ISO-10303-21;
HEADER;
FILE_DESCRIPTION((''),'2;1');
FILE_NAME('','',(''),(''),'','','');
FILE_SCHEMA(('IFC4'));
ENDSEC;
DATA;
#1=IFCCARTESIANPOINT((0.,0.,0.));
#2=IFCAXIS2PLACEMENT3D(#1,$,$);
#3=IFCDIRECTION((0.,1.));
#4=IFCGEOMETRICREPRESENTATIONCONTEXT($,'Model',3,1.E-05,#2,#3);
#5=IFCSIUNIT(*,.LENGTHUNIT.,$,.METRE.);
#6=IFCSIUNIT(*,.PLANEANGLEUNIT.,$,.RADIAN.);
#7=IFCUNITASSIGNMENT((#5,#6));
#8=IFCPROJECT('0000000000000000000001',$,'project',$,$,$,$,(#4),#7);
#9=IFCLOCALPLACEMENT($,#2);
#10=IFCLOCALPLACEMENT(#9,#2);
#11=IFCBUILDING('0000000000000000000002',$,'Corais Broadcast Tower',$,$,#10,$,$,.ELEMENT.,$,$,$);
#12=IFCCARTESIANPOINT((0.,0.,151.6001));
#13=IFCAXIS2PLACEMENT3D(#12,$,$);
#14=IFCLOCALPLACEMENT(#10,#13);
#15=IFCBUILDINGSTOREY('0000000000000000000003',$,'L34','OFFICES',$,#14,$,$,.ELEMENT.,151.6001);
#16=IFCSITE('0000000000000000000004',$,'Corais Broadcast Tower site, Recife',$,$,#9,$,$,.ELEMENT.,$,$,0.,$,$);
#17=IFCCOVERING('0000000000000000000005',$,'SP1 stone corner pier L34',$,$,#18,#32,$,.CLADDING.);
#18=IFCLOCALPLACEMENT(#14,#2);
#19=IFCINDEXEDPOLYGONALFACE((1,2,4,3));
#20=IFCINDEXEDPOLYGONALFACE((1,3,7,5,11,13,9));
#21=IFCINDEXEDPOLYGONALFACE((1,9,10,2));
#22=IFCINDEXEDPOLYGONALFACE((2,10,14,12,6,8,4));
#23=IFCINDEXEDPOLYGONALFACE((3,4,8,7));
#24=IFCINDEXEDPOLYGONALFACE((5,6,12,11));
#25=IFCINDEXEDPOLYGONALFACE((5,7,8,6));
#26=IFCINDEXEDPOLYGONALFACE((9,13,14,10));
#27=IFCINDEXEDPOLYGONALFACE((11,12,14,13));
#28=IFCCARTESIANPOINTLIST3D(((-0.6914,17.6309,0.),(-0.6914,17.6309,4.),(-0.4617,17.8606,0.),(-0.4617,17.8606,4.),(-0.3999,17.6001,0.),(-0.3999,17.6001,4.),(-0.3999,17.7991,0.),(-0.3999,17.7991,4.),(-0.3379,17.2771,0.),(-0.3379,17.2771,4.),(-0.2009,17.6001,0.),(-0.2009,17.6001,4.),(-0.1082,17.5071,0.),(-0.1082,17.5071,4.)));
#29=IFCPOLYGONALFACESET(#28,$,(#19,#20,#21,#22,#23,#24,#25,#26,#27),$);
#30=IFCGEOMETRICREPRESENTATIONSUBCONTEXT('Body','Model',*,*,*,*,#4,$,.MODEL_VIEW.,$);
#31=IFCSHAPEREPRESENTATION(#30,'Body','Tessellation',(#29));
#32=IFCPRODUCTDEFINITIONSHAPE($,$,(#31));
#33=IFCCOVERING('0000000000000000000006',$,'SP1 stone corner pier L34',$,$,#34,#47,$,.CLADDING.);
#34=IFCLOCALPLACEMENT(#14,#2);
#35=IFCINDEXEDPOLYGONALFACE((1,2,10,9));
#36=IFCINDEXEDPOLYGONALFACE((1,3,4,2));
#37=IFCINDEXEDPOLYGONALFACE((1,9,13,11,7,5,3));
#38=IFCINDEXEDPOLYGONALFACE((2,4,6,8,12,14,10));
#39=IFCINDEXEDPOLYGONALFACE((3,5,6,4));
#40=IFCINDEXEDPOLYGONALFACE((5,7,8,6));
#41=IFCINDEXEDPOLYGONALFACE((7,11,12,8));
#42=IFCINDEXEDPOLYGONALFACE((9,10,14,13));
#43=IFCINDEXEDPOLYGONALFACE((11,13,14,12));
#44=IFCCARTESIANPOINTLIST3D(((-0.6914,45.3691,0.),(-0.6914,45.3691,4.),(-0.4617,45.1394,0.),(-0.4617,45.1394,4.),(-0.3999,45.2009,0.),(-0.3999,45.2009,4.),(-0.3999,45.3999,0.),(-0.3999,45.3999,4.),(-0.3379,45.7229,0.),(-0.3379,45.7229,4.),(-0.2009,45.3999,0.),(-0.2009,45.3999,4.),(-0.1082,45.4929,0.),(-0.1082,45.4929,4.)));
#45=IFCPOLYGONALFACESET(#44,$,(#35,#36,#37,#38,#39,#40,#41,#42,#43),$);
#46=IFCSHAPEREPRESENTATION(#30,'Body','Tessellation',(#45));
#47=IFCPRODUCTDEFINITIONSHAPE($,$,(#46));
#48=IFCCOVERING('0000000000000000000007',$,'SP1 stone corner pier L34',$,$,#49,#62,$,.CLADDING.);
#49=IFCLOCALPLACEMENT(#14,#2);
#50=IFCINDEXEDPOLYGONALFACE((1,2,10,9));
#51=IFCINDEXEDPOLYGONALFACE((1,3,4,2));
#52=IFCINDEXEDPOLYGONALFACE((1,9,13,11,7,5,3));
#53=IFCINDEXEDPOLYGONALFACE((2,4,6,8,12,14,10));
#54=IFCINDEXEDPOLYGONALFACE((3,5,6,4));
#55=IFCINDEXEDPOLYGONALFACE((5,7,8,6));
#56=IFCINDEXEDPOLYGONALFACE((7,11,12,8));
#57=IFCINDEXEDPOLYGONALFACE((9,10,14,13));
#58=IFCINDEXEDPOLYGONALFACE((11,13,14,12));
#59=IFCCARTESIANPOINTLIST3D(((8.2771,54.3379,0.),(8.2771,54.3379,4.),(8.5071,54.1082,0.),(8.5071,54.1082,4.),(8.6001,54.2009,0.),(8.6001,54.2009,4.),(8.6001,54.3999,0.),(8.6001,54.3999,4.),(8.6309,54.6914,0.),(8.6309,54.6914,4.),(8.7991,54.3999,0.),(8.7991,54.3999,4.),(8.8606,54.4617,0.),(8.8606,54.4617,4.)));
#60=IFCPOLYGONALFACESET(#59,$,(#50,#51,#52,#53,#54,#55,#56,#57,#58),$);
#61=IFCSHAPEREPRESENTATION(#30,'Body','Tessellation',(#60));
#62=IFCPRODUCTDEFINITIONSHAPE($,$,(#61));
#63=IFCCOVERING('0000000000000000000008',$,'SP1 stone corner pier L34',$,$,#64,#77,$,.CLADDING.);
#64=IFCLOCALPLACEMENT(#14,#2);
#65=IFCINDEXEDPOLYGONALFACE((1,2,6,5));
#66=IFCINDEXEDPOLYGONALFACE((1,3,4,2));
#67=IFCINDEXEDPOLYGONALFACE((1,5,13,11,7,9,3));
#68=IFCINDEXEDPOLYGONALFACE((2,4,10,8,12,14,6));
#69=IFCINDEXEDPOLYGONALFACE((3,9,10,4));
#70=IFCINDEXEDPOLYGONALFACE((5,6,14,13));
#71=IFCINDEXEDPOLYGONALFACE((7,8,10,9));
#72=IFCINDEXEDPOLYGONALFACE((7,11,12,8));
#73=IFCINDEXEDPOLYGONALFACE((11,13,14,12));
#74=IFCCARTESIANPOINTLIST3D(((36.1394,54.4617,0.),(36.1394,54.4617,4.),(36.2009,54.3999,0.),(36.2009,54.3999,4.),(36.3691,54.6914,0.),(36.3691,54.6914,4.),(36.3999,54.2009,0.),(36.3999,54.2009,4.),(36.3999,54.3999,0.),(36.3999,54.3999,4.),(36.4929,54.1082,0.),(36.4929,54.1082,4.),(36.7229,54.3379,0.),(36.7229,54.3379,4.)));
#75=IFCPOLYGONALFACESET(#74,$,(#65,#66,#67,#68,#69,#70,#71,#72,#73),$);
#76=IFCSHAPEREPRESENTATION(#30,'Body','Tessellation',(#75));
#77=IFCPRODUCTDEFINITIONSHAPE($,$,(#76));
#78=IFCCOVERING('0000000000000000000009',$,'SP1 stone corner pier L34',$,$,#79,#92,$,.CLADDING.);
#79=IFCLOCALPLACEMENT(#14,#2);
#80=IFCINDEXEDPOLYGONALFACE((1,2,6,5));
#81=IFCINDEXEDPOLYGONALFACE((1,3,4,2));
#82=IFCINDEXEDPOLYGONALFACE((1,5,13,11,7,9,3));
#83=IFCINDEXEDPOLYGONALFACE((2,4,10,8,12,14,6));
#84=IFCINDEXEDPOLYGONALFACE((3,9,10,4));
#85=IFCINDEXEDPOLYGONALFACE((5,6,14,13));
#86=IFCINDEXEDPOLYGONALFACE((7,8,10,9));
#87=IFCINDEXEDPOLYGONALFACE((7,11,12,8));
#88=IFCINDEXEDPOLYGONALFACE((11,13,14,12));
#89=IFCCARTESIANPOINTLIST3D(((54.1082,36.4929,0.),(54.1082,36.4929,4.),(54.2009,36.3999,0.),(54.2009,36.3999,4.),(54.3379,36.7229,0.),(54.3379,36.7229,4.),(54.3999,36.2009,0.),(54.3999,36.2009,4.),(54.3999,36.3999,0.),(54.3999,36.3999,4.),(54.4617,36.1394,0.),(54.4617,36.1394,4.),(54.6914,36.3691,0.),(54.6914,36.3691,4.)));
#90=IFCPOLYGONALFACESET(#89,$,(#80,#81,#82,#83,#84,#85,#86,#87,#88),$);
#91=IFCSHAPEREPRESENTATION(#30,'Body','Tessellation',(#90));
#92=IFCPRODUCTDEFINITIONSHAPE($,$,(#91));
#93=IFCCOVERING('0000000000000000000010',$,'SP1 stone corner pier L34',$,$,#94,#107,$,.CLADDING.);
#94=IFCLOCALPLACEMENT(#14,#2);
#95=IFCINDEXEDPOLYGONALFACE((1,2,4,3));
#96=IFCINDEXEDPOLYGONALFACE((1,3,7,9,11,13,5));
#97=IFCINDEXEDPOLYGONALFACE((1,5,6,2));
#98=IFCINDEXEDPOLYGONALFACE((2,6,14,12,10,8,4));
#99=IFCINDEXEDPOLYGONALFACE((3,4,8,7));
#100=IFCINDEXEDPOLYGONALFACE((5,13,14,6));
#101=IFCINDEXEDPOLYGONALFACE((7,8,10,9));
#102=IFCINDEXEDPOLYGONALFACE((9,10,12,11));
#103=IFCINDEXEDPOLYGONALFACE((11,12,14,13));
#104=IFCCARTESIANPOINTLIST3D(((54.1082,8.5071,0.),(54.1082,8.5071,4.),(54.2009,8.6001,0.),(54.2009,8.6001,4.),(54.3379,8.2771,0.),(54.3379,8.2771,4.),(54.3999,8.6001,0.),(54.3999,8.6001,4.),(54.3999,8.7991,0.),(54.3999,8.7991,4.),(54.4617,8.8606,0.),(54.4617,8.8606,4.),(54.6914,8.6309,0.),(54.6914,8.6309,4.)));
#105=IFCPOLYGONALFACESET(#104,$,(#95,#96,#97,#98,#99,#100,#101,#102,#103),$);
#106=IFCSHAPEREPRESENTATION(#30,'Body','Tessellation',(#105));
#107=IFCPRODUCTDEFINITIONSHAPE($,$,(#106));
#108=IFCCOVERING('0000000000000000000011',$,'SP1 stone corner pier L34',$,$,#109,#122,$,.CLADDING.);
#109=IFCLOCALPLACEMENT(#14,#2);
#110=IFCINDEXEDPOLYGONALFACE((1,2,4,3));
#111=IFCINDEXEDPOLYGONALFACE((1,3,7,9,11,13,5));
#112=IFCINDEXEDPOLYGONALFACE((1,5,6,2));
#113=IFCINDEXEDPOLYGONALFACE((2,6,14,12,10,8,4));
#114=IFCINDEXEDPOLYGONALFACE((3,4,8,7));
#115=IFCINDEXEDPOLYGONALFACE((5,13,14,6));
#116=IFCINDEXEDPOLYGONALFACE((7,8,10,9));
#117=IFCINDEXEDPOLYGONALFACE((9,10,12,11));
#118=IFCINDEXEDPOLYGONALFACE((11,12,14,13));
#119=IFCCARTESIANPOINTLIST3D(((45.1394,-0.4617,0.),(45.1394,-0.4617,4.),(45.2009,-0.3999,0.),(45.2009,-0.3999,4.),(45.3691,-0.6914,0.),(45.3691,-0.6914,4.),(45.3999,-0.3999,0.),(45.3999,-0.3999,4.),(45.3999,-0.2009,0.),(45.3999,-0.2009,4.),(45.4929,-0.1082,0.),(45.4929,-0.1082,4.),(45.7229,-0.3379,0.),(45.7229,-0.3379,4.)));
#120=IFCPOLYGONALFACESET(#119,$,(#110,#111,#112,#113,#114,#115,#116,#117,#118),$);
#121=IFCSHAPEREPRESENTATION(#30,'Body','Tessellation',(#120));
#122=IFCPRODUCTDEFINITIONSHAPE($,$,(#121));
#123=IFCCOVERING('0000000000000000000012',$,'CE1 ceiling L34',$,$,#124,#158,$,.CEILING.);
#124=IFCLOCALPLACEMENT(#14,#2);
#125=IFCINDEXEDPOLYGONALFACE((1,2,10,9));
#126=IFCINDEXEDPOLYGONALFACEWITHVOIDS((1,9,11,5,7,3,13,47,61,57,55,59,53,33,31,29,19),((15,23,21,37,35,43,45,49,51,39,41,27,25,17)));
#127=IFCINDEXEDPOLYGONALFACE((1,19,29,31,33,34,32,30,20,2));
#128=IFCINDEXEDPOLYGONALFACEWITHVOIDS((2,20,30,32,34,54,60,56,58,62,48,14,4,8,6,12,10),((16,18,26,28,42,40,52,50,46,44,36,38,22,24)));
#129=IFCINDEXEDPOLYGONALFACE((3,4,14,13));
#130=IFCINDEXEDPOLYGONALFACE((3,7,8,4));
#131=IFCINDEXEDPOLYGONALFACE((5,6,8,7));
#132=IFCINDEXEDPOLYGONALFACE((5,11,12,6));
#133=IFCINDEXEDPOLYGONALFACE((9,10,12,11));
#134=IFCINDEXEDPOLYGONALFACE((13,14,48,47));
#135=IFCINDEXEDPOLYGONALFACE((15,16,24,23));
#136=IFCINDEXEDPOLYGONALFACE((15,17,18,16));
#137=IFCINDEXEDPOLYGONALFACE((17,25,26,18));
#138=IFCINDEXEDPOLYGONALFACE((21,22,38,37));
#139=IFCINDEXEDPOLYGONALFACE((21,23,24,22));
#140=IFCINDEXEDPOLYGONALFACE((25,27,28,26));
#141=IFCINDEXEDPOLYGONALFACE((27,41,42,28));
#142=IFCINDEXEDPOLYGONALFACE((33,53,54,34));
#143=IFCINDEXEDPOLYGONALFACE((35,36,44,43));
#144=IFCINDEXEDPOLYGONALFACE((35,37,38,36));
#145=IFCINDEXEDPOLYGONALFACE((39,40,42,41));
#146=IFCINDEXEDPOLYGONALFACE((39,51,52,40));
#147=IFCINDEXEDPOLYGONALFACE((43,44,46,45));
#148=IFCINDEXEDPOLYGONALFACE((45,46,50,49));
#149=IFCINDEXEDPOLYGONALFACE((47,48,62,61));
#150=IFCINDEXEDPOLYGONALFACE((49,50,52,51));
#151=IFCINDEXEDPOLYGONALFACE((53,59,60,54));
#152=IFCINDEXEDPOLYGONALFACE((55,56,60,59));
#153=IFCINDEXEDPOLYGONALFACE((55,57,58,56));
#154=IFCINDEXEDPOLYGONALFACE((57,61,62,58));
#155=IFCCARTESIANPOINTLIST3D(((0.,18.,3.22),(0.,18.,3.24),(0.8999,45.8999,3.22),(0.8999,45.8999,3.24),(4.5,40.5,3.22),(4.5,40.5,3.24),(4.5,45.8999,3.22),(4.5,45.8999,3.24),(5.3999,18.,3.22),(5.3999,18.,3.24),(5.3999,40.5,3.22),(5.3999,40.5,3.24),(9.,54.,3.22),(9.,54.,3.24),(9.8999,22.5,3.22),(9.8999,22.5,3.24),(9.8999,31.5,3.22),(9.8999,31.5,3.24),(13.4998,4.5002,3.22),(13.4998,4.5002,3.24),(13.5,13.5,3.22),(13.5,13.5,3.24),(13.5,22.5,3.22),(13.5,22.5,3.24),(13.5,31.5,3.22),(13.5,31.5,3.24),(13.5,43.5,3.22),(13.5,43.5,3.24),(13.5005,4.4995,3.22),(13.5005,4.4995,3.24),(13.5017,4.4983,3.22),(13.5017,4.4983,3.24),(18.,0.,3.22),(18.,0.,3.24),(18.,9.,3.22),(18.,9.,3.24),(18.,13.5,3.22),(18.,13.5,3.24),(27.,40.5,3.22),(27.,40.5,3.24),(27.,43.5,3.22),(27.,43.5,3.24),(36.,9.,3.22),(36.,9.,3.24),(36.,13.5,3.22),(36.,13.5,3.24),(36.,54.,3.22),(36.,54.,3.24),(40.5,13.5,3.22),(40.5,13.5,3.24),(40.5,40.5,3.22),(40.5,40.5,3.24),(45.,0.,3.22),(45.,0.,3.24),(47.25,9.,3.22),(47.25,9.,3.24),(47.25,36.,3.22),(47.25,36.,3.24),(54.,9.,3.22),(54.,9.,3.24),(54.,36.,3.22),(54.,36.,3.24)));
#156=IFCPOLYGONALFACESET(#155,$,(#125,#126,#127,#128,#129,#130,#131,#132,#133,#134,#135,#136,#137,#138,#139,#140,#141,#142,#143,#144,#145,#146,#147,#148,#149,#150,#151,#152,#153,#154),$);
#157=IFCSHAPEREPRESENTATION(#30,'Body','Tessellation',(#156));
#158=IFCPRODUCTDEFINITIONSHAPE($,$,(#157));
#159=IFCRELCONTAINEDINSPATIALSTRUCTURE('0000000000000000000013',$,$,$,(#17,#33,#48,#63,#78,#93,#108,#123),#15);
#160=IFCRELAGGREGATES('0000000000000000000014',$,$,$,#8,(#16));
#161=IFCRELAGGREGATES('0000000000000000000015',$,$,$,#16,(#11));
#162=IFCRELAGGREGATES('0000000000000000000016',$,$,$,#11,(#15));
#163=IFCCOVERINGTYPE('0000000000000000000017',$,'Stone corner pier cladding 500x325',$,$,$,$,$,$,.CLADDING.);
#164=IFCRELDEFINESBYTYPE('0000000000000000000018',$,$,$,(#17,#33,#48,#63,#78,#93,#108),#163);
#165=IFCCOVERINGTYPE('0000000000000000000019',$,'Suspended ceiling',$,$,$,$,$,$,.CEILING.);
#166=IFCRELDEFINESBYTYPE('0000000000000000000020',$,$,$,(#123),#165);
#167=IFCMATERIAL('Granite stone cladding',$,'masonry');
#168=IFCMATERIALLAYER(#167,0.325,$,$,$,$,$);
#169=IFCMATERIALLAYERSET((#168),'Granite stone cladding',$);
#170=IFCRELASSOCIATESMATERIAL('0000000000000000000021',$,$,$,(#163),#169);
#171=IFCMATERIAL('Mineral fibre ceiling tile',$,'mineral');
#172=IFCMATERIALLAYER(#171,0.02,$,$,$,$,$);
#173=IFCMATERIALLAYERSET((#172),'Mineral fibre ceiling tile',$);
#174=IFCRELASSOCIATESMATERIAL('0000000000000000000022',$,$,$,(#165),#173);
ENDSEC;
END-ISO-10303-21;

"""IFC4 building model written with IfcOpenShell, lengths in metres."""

from ifc_helpers import new_model, si_unit, direction, frame, origin, place, context, subcontext, project, spatial, polyline, outline, extrude, material, layer, layer_set, type_object, element, save


model = new_model("IFC4")

# Units and contexts
model_context = context("Model", 3, precision=1e-05, world=origin(), true_north=direction((0.0, 1.0)))
body_context = subcontext(model_context, "Body", "Model", "MODEL_VIEW")
ifc_project = project(units=[si_unit("LENGTHUNIT", "METRE"), si_unit("PLANEANGLEUNIT", "RADIAN")], contexts=[model_context])

# Site, building, storey
site_placement = place(None, origin())
site = spatial("IfcSite", under=ifc_project, at=site_placement, Name="Corais Broadcast Tower site, Recife", CompositionType="ELEMENT", RefElevation=0.0)
building_placement = place(site_placement, origin())
building = spatial("IfcBuilding", under=site, at=building_placement, Name="Corais Broadcast Tower", CompositionType="ELEMENT")
storey_placement = place(building_placement, frame((0.0, 0.0, 151.6001)))
storey = spatial("IfcBuildingStorey", under=building, at=storey_placement, Name="L34", Description="OFFICES", CompositionType="ELEMENT", Elevation=151.6001)

# Coverings
ifc_material_1 = material(Name="Granite stone cladding", Category="masonry")
ifc_layer_1 = layer(ifc_material_1, 0.325)
ifc_layer_set_1 = layer_set([ifc_layer_1], Name="Granite stone cladding")
covering_type_1 = type_object("IfcCoveringType", Name="Stone corner pier cladding 500x325", PredefinedType="CLADDING", material=ifc_layer_set_1)
covering_1_placement = place(storey_placement, origin())
element("IfcCovering", 1, at=covering_1_placement, inside=storey, type_object=covering_type_1, Name="SP1 stone corner pier L34", PredefinedType="CLADDING", context=body_context, shape_type="SweptSolid", body=[
    extrude(outline(polyline([(-0.3999, 17.7991), (-0.4617, 17.8606), (-0.6914, 17.6309), (-0.3379, 17.2771), (-0.1082, 17.5071), (-0.2009, 17.6001), (-0.3999, 17.6001), (-0.3999, 17.7991)])), origin(), (0.0, 0.0, 1.0), 4.0),
])
covering_2_placement = place(storey_placement, origin())
element("IfcCovering", 2, at=covering_2_placement, inside=storey, type_object=covering_type_1, Name="SP1 stone corner pier L34", PredefinedType="CLADDING", context=body_context, shape_type="SweptSolid", body=[
    extrude(outline(polyline([(-0.4617, 45.1394), (-0.3999, 45.2009), (-0.3999, 45.3999), (-0.2009, 45.3999), (-0.1082, 45.4929), (-0.3379, 45.7229), (-0.6914, 45.3691), (-0.4617, 45.1394)])), origin(), (0.0, 0.0, 1.0), 4.0),
])
covering_3_placement = place(storey_placement, origin())
element("IfcCovering", 3, at=covering_3_placement, inside=storey, type_object=covering_type_1, Name="SP1 stone corner pier L34", PredefinedType="CLADDING", context=body_context, shape_type="SweptSolid", body=[
    extrude(outline(polyline([(8.7991, 54.3999), (8.8606, 54.4617), (8.6309, 54.6914), (8.2771, 54.3379), (8.5071, 54.1082), (8.6001, 54.2009), (8.6001, 54.3999), (8.7991, 54.3999)])), origin(), (0.0, 0.0, 1.0), 4.0),
])
covering_4_placement = place(storey_placement, origin())
element("IfcCovering", 4, at=covering_4_placement, inside=storey, type_object=covering_type_1, Name="SP1 stone corner pier L34", PredefinedType="CLADDING", context=body_context, shape_type="SweptSolid", body=[
    extrude(outline(polyline([(36.1394, 54.4617), (36.2009, 54.3999), (36.3999, 54.3999), (36.3999, 54.2009), (36.4929, 54.1082), (36.7229, 54.3379), (36.3691, 54.6914), (36.1394, 54.4617)])), origin(), (0.0, 0.0, 1.0), 4.0),
])
covering_5_placement = place(storey_placement, origin())
element("IfcCovering", 5, at=covering_5_placement, inside=storey, type_object=covering_type_1, Name="SP1 stone corner pier L34", PredefinedType="CLADDING", context=body_context, shape_type="SweptSolid", body=[
    extrude(outline(polyline([(54.3999, 36.2009), (54.4617, 36.1394), (54.6914, 36.3691), (54.3379, 36.7229), (54.1082, 36.4929), (54.2009, 36.3999), (54.3999, 36.3999), (54.3999, 36.2009)])), origin(), (0.0, 0.0, 1.0), 4.0),
])
covering_6_placement = place(storey_placement, origin())
element("IfcCovering", 6, at=covering_6_placement, inside=storey, type_object=covering_type_1, Name="SP1 stone corner pier L34", PredefinedType="CLADDING", context=body_context, shape_type="SweptSolid", body=[
    extrude(outline(polyline([(54.4617, 8.8606), (54.3999, 8.7991), (54.3999, 8.6001), (54.2009, 8.6001), (54.1082, 8.5071), (54.3379, 8.2771), (54.6914, 8.6309), (54.4617, 8.8606)])), origin(), (0.0, 0.0, 1.0), 4.0),
])
covering_7_placement = place(storey_placement, origin())
element("IfcCovering", 7, at=covering_7_placement, inside=storey, type_object=covering_type_1, Name="SP1 stone corner pier L34", PredefinedType="CLADDING", context=body_context, shape_type="SweptSolid", body=[
    extrude(outline(polyline([(45.2009, -0.3999), (45.1394, -0.4617), (45.3691, -0.6914), (45.7229, -0.3379), (45.4929, -0.1082), (45.3999, -0.2009), (45.3999, -0.3999), (45.2009, -0.3999)])), origin(), (0.0, 0.0, 1.0), 4.0),
])
ifc_material_2 = material(Name="Mineral fibre ceiling tile", Category="mineral")
ifc_layer_2 = layer(ifc_material_2, 0.02)
ifc_layer_set_2 = layer_set([ifc_layer_2], Name="Mineral fibre ceiling tile")
covering_type_2 = type_object("IfcCoveringType", Name="Suspended ceiling", PredefinedType="CEILING", material=ifc_layer_set_2)
covering_8_placement = place(storey_placement, frame((0.0, 0.0, 3.22)))
element("IfcCovering", 8, at=covering_8_placement, inside=storey, type_object=covering_type_2, Name="CE1 ceiling L34", PredefinedType="CEILING", context=body_context, shape_type="SweptSolid", body=[
    extrude(outline(polyline([(47.25, 9.0), (54.0, 9.0), (45.0, 0.0), (18.0, 0.0), (13.5017, 4.4983), (13.5005, 4.4995), (13.4998, 4.5002), (0.0, 18.0), (5.3999, 18.0), (5.3999, 40.5), (4.5, 40.5), (4.5, 45.8999), (0.8999, 45.8999), (9.0, 54.0), (36.0, 54.0), (54.0, 36.0), (47.25, 36.0), (47.25, 9.0)]), holes=[polyline([(13.5, 31.5), (9.8999, 31.5), (9.8999, 22.5), (13.5, 22.5), (13.5, 13.5), (18.0, 13.5), (18.0, 9.0), (36.0, 9.0), (36.0, 13.5), (40.5, 13.5), (40.5, 40.5), (27.0, 40.5), (27.0, 43.5), (13.5, 43.5), (13.5, 31.5)])]), origin(), (0.0, 0.0, 1.0), 0.02),
])

save(model, "model.ifc")
